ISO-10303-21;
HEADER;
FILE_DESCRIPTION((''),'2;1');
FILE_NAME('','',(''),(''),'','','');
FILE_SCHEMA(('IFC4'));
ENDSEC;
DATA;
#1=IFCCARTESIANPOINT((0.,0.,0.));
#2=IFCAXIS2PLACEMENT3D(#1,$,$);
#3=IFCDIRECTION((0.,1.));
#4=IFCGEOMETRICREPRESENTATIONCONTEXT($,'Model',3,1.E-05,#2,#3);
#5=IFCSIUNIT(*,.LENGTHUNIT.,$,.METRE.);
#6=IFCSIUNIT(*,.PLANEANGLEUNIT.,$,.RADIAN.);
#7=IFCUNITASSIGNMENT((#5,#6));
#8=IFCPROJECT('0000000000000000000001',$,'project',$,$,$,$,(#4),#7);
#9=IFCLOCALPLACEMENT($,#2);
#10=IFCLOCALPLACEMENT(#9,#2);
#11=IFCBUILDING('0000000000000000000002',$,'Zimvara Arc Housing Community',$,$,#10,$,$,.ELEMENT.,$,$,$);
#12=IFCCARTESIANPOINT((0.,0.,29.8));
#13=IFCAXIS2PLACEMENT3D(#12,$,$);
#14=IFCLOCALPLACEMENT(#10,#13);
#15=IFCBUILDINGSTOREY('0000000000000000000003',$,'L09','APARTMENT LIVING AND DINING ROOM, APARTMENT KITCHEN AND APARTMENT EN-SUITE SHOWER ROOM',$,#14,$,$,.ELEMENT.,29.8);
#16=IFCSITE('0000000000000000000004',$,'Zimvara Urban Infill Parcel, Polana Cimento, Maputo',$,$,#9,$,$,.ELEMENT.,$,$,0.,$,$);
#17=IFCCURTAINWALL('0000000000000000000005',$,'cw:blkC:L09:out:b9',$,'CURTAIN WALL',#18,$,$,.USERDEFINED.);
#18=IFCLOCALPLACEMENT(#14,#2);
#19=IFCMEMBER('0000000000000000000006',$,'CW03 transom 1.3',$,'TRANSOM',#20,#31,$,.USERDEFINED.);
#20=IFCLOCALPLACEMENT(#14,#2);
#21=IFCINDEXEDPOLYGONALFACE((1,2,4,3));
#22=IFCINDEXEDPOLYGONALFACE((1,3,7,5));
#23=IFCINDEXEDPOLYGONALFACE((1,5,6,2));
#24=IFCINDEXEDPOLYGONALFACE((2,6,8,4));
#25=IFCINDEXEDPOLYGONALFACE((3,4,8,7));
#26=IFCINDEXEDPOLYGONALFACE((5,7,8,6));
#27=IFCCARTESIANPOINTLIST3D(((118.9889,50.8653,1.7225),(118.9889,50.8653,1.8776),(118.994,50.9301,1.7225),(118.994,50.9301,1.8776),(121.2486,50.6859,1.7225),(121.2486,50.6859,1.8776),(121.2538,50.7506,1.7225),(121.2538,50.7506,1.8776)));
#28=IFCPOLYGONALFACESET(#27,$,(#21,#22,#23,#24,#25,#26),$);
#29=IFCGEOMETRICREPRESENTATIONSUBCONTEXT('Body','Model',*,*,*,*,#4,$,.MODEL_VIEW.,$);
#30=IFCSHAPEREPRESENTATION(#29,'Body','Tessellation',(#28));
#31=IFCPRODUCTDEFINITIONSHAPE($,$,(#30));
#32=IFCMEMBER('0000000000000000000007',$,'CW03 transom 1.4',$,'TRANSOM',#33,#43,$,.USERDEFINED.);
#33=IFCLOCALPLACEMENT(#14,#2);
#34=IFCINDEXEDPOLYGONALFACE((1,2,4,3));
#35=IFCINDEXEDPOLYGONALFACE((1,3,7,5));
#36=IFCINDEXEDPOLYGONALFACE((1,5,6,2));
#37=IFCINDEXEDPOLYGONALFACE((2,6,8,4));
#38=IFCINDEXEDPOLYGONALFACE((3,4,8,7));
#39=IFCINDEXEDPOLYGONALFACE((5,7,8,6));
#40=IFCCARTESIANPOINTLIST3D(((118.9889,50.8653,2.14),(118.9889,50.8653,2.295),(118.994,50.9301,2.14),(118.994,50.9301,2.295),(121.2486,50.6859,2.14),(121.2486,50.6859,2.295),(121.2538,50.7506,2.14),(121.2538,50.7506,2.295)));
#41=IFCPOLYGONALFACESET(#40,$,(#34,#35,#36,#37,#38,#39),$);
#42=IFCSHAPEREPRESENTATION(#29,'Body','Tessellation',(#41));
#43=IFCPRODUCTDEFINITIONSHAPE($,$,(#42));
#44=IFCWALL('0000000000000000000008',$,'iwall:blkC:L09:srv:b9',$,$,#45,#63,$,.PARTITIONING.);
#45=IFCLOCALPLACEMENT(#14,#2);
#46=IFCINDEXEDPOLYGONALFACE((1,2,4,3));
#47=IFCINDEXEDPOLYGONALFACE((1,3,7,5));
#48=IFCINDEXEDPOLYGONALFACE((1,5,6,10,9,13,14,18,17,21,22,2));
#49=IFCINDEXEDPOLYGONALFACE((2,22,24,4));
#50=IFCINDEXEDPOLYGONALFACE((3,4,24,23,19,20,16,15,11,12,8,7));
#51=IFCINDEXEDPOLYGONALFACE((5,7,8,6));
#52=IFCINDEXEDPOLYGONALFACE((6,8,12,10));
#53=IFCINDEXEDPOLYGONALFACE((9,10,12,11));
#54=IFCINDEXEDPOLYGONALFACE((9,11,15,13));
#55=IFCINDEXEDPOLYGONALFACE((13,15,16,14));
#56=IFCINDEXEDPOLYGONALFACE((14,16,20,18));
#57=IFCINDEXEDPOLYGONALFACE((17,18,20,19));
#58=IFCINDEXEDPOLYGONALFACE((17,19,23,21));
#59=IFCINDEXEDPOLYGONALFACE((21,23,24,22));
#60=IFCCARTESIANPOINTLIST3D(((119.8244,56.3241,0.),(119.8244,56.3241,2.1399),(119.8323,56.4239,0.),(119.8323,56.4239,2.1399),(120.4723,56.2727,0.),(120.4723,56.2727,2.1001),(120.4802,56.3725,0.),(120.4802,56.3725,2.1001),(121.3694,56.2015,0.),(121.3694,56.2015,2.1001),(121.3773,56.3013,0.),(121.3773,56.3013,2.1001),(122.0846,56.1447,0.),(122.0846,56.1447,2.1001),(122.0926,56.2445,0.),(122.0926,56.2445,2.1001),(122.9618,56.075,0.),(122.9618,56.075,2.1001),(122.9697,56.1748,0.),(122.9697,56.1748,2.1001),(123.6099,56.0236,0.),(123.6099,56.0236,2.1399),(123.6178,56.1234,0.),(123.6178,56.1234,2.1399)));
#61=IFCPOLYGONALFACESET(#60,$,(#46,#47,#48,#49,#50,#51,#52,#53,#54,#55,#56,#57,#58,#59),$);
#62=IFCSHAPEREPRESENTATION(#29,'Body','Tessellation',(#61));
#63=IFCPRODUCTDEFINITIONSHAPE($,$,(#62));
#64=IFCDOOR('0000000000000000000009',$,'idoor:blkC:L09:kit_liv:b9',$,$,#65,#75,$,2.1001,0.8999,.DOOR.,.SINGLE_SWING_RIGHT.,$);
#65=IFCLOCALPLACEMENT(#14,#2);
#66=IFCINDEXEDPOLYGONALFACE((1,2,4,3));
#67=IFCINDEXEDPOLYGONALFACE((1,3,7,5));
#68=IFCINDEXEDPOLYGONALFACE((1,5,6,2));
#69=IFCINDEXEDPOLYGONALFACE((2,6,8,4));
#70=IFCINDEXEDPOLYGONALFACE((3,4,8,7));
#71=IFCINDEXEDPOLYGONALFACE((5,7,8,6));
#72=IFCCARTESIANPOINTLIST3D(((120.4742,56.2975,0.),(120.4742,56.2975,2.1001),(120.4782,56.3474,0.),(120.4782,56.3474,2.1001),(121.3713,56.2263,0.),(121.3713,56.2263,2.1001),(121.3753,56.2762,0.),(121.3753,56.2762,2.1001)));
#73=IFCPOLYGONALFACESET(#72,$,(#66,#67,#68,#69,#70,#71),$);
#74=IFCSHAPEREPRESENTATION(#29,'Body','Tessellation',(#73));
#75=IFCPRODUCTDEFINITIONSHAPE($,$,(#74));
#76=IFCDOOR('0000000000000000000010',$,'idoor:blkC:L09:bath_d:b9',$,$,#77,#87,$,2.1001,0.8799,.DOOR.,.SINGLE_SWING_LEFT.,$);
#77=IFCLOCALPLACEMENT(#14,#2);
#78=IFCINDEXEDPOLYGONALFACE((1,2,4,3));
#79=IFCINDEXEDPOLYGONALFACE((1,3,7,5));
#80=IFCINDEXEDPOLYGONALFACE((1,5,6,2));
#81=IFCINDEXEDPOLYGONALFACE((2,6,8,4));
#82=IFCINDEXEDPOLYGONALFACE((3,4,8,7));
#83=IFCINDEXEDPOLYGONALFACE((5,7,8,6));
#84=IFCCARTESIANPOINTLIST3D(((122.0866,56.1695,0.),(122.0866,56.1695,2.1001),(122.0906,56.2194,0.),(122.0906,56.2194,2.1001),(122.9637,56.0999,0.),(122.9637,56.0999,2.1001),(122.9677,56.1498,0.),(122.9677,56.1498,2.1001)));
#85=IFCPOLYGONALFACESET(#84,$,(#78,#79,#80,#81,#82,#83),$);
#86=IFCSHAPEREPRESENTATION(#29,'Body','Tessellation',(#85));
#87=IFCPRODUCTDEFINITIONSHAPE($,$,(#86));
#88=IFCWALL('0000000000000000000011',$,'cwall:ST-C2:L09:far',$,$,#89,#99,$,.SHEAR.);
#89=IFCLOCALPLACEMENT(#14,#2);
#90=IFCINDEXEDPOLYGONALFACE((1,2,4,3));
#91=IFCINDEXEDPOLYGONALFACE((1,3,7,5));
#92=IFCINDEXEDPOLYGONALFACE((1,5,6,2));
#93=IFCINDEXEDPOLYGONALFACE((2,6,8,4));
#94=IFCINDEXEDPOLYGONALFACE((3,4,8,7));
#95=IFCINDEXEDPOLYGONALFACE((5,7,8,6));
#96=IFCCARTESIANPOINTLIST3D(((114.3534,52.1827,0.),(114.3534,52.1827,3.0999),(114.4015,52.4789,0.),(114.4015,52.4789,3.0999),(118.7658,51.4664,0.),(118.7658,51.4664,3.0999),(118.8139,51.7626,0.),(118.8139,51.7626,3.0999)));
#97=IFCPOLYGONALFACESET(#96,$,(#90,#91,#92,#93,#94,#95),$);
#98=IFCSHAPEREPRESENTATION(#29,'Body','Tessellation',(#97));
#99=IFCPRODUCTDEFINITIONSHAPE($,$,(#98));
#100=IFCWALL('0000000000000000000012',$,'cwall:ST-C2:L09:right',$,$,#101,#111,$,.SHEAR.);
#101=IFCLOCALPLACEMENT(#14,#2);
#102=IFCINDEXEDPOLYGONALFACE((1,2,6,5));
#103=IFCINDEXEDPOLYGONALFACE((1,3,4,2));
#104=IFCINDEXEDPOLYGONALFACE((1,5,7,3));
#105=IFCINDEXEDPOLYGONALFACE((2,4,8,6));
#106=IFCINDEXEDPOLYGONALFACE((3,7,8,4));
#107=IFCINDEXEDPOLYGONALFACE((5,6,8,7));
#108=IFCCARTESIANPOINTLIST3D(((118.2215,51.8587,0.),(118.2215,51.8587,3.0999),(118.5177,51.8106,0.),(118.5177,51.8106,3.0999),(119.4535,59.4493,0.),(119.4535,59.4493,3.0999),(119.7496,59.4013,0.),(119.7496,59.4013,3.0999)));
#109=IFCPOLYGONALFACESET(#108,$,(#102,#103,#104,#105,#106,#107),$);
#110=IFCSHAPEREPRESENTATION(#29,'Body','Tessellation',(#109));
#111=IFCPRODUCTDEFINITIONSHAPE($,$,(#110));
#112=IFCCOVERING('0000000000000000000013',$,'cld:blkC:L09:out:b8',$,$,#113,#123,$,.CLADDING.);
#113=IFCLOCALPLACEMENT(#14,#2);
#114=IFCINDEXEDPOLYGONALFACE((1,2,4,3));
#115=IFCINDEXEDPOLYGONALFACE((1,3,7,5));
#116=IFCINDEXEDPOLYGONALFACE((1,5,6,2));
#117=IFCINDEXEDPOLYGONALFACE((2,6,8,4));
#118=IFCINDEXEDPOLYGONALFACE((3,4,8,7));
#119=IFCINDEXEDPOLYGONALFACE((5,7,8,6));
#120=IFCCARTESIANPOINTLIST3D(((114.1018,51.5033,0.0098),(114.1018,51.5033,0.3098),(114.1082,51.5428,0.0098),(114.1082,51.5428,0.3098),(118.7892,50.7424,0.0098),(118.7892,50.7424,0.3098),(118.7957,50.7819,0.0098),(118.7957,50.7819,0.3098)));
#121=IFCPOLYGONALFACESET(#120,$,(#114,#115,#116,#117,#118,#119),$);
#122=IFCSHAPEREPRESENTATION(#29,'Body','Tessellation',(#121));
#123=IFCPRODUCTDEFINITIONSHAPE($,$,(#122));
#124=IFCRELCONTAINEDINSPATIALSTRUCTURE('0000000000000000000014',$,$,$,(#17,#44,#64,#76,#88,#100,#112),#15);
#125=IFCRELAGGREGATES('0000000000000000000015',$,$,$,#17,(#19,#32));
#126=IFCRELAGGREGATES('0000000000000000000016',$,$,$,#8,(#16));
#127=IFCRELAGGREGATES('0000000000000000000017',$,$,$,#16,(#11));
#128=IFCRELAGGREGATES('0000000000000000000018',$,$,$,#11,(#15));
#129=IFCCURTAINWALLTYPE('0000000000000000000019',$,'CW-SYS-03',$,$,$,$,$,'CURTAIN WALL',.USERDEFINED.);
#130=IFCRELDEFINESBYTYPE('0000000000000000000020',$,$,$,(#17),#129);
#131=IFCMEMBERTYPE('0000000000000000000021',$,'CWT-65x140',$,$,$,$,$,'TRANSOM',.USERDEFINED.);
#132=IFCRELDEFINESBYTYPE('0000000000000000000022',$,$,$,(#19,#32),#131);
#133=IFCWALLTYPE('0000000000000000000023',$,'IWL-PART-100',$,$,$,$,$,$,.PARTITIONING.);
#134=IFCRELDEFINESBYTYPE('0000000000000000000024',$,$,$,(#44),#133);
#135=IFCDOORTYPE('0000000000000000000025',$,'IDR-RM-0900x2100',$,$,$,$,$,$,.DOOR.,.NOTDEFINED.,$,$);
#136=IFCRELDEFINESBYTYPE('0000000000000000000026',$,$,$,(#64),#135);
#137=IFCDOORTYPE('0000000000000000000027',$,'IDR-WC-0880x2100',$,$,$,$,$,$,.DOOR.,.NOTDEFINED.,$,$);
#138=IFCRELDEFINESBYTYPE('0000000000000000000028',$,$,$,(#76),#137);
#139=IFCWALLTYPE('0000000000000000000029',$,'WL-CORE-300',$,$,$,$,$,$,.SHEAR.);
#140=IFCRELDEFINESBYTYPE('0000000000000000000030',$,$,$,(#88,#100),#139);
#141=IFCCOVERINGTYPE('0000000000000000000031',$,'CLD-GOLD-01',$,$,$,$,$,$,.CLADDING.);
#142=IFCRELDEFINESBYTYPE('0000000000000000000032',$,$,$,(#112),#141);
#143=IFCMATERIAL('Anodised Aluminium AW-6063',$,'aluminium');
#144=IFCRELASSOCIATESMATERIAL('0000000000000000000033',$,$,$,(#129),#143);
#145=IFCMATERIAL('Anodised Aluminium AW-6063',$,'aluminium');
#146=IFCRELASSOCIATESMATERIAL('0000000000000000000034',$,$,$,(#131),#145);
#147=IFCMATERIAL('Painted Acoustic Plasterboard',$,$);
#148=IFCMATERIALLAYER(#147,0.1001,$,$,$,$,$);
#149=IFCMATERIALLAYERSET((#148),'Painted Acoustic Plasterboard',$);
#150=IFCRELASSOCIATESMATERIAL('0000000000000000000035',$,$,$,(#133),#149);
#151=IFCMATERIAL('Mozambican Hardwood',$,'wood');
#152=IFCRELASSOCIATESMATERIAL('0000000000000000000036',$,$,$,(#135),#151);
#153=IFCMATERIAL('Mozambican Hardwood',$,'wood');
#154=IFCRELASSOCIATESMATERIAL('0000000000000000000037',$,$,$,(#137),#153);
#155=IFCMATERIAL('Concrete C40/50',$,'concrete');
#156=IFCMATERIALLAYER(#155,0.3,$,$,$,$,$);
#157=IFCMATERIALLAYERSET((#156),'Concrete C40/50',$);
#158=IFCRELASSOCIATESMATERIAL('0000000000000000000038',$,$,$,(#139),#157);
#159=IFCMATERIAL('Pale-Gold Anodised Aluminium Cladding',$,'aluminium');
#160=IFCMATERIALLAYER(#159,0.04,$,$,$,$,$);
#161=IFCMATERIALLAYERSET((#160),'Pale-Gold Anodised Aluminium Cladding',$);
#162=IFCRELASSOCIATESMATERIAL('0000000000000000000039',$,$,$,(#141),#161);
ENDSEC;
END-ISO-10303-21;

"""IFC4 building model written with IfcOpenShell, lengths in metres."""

from ifc_helpers import new_model, si_unit, direction, frame, frame_2d, origin, origin_2d, place, context, subcontext, project, spatial, rectangle, extrude, material, layer, layer_set, material_profile, profile_set, type_object, element, fill, aggregate, save


model = new_model("IFC4")

# Units and contexts
model_context = context("Model", 3, precision=1e-05, world=origin(), true_north=direction((0.0, 1.0)))
body_context = subcontext(model_context, "Body", "Model", "MODEL_VIEW")
ifc_project = project(units=[si_unit("LENGTHUNIT", "METRE"), si_unit("PLANEANGLEUNIT", "RADIAN")], contexts=[model_context])

# Site, building, storey
site_placement = place(None, origin())
site = spatial("IfcSite", under=ifc_project, at=site_placement, Name="Zimvara Urban Infill Parcel, Polana Cimento, Maputo", CompositionType="ELEMENT", RefElevation=0.0)
building_placement = place(site_placement, origin())
building = spatial("IfcBuilding", under=site, at=building_placement, Name="Zimvara Arc Housing Community", CompositionType="ELEMENT")
storey_placement = place(building_placement, frame((0.0, 0.0, 29.8)))
storey = spatial("IfcBuildingStorey", under=building, at=storey_placement, Name="L09", Description="APARTMENT LIVING AND DINING ROOM, APARTMENT KITCHEN AND APARTMENT EN-SUITE SHOWER ROOM", CompositionType="ELEMENT", Elevation=29.8)

# Curtain wall, members
ifc_material_1 = material(Name="Anodised Aluminium AW-6063", Category="aluminium")
curtain_wall_type = type_object("IfcCurtainWallType", Name="CW-SYS-03", ElementType="CURTAIN WALL", PredefinedType="USERDEFINED", material=ifc_material_1)
curtain_wall_placement = place(storey_placement, origin())
curtain_wall = element("IfcCurtainWall", 1, at=curtain_wall_placement, inside=storey, type_object=curtain_wall_type, Name="cw:blkC:L09:out:b9", ObjectType="CURTAIN WALL", PredefinedType="USERDEFINED")
ifc_material_2 = material(Name="Anodised Aluminium AW-6063", Category="aluminium")
ifc_material_profile_1 = material_profile(ifc_material_2, rectangle(XDim=0.0649, YDim=0.155, at=origin_2d()), Name="ALU 65x155")
ifc_profile_set_1 = profile_set([ifc_material_profile_1], Name="Anodised Aluminium AW-6063")
member_type_1 = type_object("IfcMemberType", Name="CWT-65x140", ElementType="TRANSOM", PredefinedType="USERDEFINED", material=ifc_profile_set_1)
member_1_placement = place(storey_placement, frame((118.9915, 50.8977, 1.8), z_axis=(0.996862, -0.079159, 0.0), x_axis=(0.079159, 0.996862, 0.0)))
member_1 = element("IfcMember", 2, at=member_1_placement, type_object=member_type_1, Name="CW03 transom 1.3", ObjectType="TRANSOM", PredefinedType="USERDEFINED", context=body_context, shape_type="SweptSolid", body=[
    extrude(rectangle(XDim=0.0649, YDim=0.155, at=origin_2d()), origin(), (0.0, 0.0, 1.0), 2.2668),
])
member_2_placement = place(storey_placement, frame((118.9915, 50.8977, 2.2175), z_axis=(0.996862, -0.079159, 0.0), x_axis=(0.079159, 0.996862, 0.0)))
member_2 = element("IfcMember", 3, at=member_2_placement, type_object=member_type_1, Name="CW03 transom 1.4", ObjectType="TRANSOM", PredefinedType="USERDEFINED", context=body_context, shape_type="SweptSolid", body=[
    extrude(rectangle(XDim=0.0649, YDim=0.155, at=origin_2d()), origin(), (0.0, 0.0, 1.0), 2.2668),
])
aggregate(curtain_wall, [member_1, member_2])

# Wall, openings, doors
ifc_material_3 = material(Name="Painted Acoustic Plasterboard")
ifc_layer_1 = layer(ifc_material_3, 0.1001)
ifc_layer_set_1 = layer_set([ifc_layer_1], Name="Painted Acoustic Plasterboard")
wall_type_1 = type_object("IfcWallType", Name="IWL-PART-100", PredefinedType="PARTITIONING", material=ifc_layer_set_1)
wall_1_placement = place(storey_placement, frame((119.8284, 56.374, 0.0), z_axis=(0.0, 0.0, 1.0), x_axis=(0.996863, -0.079145, 0.0)))
wall_1 = element("IfcWall", 4, at=wall_1_placement, inside=storey, type_object=wall_type_1, Name="iwall:blkC:L09:srv:b9", PredefinedType="PARTITIONING", context=body_context, shape_type="SweptSolid", body=[
    extrude(rectangle(XDim=3.7974, YDim=0.1001, at=frame_2d((1.8987, 0.0))), origin(), (0.0, 0.0, 1.0), 2.1399),
])
opening_1_placement = place(wall_1_placement, frame((0.6499, 0.0, 0.0)))
opening_1 = element("IfcOpeningElement", 5, at=opening_1_placement, cuts=wall_1, PredefinedType="OPENING", context=body_context, shape_type="SweptSolid", body=[
    extrude(rectangle(XDim=0.8999, YDim=2.1001, at=frame_2d((0.45, 1.05))), frame((0.0, 0.0601, 0.0), z_axis=(0.0, -1.0, 0.0), x_axis=(1.0, 0.0, 0.0)), (0.0, 0.0, 1.0), 0.1201),
])
opening_2_placement = place(wall_1_placement, frame((2.2673, 0.0, 0.0)))
opening_2 = element("IfcOpeningElement", 6, at=opening_2_placement, cuts=wall_1, PredefinedType="OPENING", context=body_context, shape_type="SweptSolid", body=[
    extrude(rectangle(XDim=0.8799, YDim=2.1001, at=frame_2d((0.4399, 1.05))), frame((0.0, 0.0601, 0.0), z_axis=(0.0, -1.0, 0.0), x_axis=(1.0, 0.0, 0.0)), (0.0, 0.0, 1.0), 0.1201),
])
ifc_material_4 = material(Name="Mozambican Hardwood", Category="wood")
door_type_1 = type_object("IfcDoorType", Name="IDR-RM-0900x2100", OperationType="NOTDEFINED", PredefinedType="DOOR", material=ifc_material_4)
door_1_placement = place(opening_1_placement, origin())
door_1 = element("IfcDoor", 7, at=door_1_placement, inside=storey, type_object=door_type_1, Name="idoor:blkC:L09:kit_liv:b9", OperationType="SINGLE_SWING_RIGHT", OverallHeight=2.1001, OverallWidth=0.8999, PredefinedType="DOOR", context=body_context, shape_type="SweptSolid", body=[
    extrude(rectangle(XDim=0.8999, YDim=2.1001, at=frame_2d((0.45, 1.05))), frame((0.0, 0.0249, 0.0), z_axis=(0.0, -1.0, 0.0), x_axis=(1.0, 0.0, 0.0)), (0.0, 0.0, 1.0), 0.05),
])
fill(opening_1, door_1)
ifc_material_5 = material(Name="Mozambican Hardwood", Category="wood")
door_type_2 = type_object("IfcDoorType", Name="IDR-WC-0880x2100", OperationType="NOTDEFINED", PredefinedType="DOOR", material=ifc_material_5)
door_2_placement = place(opening_2_placement, origin())
door_2 = element("IfcDoor", 8, at=door_2_placement, inside=storey, type_object=door_type_2, Name="idoor:blkC:L09:bath_d:b9", OperationType="SINGLE_SWING_LEFT", OverallHeight=2.1001, OverallWidth=0.8799, PredefinedType="DOOR", context=body_context, shape_type="SweptSolid", body=[
    extrude(rectangle(XDim=0.8799, YDim=2.1001, at=frame_2d((0.4399, 1.05))), frame((0.0, 0.0249, 0.0), z_axis=(0.0, -1.0, 0.0), x_axis=(1.0, 0.0, 0.0)), (0.0, 0.0, 1.0), 0.05),
])
fill(opening_2, door_2)

# Walls
ifc_material_6 = material(Name="Concrete C40/50", Category="concrete")
ifc_layer_2 = layer(ifc_material_6, 0.3)
ifc_layer_set_2 = layer_set([ifc_layer_2], Name="Concrete C40/50")
wall_type_2 = type_object("IfcWallType", Name="WL-CORE-300", PredefinedType="SHEAR", material=ifc_layer_set_2)
wall_2_placement = place(storey_placement, frame((114.3774, 52.3308, 0.0), z_axis=(0.0, 0.0, 1.0), x_axis=(0.987077, -0.160244, 0.0)))
element("IfcWall", 9, at=wall_2_placement, inside=storey, type_object=wall_type_2, Name="cwall:ST-C2:L09:far", PredefinedType="SHEAR", context=body_context, shape_type="SweptSolid", body=[
    extrude(rectangle(XDim=4.4702, YDim=0.3, at=frame_2d((2.2351, 0.0))), origin(), (0.0, 0.0, 1.0), 3.0999),
])
wall_3_placement = place(storey_placement, frame((119.6016, 59.4253, 0.0), z_axis=(0.0, 0.0, 1.0), x_axis=(-0.160202, -0.987084, 0.0)))
element("IfcWall", 10, at=wall_3_placement, inside=storey, type_object=wall_type_2, Name="cwall:ST-C2:L09:right", PredefinedType="SHEAR", context=body_context, shape_type="SweptSolid", body=[
    extrude(rectangle(XDim=7.6899, YDim=0.3, at=frame_2d((3.845, 0.0))), origin(), (0.0, 0.0, 1.0), 3.0999),
])

# Covering
ifc_material_7 = material(Name="Pale-Gold Anodised Aluminium Cladding", Category="aluminium")
ifc_layer_3 = layer(ifc_material_7, 0.04)
ifc_layer_set_3 = layer_set([ifc_layer_3], Name="Pale-Gold Anodised Aluminium Cladding")
covering_type = type_object("IfcCoveringType", Name="CLD-GOLD-01", PredefinedType="CLADDING", material=ifc_layer_set_3)
covering_placement = place(storey_placement, frame((116.4487, 51.1426, 0.0098), z_axis=(0.0, 0.0, 1.0), x_axis=(0.98708, -0.160226, 0.0)))
element("IfcCovering", 11, at=covering_placement, inside=storey, type_object=covering_type, Name="cld:blkC:L09:out:b8", PredefinedType="CLADDING", context=body_context, shape_type="SweptSolid", body=[
    extrude(rectangle(XDim=4.7488, YDim=0.04, at=origin_2d()), origin(), (0.0, 0.0, 1.0), 0.3),
])

save(model, "model.ifc")
